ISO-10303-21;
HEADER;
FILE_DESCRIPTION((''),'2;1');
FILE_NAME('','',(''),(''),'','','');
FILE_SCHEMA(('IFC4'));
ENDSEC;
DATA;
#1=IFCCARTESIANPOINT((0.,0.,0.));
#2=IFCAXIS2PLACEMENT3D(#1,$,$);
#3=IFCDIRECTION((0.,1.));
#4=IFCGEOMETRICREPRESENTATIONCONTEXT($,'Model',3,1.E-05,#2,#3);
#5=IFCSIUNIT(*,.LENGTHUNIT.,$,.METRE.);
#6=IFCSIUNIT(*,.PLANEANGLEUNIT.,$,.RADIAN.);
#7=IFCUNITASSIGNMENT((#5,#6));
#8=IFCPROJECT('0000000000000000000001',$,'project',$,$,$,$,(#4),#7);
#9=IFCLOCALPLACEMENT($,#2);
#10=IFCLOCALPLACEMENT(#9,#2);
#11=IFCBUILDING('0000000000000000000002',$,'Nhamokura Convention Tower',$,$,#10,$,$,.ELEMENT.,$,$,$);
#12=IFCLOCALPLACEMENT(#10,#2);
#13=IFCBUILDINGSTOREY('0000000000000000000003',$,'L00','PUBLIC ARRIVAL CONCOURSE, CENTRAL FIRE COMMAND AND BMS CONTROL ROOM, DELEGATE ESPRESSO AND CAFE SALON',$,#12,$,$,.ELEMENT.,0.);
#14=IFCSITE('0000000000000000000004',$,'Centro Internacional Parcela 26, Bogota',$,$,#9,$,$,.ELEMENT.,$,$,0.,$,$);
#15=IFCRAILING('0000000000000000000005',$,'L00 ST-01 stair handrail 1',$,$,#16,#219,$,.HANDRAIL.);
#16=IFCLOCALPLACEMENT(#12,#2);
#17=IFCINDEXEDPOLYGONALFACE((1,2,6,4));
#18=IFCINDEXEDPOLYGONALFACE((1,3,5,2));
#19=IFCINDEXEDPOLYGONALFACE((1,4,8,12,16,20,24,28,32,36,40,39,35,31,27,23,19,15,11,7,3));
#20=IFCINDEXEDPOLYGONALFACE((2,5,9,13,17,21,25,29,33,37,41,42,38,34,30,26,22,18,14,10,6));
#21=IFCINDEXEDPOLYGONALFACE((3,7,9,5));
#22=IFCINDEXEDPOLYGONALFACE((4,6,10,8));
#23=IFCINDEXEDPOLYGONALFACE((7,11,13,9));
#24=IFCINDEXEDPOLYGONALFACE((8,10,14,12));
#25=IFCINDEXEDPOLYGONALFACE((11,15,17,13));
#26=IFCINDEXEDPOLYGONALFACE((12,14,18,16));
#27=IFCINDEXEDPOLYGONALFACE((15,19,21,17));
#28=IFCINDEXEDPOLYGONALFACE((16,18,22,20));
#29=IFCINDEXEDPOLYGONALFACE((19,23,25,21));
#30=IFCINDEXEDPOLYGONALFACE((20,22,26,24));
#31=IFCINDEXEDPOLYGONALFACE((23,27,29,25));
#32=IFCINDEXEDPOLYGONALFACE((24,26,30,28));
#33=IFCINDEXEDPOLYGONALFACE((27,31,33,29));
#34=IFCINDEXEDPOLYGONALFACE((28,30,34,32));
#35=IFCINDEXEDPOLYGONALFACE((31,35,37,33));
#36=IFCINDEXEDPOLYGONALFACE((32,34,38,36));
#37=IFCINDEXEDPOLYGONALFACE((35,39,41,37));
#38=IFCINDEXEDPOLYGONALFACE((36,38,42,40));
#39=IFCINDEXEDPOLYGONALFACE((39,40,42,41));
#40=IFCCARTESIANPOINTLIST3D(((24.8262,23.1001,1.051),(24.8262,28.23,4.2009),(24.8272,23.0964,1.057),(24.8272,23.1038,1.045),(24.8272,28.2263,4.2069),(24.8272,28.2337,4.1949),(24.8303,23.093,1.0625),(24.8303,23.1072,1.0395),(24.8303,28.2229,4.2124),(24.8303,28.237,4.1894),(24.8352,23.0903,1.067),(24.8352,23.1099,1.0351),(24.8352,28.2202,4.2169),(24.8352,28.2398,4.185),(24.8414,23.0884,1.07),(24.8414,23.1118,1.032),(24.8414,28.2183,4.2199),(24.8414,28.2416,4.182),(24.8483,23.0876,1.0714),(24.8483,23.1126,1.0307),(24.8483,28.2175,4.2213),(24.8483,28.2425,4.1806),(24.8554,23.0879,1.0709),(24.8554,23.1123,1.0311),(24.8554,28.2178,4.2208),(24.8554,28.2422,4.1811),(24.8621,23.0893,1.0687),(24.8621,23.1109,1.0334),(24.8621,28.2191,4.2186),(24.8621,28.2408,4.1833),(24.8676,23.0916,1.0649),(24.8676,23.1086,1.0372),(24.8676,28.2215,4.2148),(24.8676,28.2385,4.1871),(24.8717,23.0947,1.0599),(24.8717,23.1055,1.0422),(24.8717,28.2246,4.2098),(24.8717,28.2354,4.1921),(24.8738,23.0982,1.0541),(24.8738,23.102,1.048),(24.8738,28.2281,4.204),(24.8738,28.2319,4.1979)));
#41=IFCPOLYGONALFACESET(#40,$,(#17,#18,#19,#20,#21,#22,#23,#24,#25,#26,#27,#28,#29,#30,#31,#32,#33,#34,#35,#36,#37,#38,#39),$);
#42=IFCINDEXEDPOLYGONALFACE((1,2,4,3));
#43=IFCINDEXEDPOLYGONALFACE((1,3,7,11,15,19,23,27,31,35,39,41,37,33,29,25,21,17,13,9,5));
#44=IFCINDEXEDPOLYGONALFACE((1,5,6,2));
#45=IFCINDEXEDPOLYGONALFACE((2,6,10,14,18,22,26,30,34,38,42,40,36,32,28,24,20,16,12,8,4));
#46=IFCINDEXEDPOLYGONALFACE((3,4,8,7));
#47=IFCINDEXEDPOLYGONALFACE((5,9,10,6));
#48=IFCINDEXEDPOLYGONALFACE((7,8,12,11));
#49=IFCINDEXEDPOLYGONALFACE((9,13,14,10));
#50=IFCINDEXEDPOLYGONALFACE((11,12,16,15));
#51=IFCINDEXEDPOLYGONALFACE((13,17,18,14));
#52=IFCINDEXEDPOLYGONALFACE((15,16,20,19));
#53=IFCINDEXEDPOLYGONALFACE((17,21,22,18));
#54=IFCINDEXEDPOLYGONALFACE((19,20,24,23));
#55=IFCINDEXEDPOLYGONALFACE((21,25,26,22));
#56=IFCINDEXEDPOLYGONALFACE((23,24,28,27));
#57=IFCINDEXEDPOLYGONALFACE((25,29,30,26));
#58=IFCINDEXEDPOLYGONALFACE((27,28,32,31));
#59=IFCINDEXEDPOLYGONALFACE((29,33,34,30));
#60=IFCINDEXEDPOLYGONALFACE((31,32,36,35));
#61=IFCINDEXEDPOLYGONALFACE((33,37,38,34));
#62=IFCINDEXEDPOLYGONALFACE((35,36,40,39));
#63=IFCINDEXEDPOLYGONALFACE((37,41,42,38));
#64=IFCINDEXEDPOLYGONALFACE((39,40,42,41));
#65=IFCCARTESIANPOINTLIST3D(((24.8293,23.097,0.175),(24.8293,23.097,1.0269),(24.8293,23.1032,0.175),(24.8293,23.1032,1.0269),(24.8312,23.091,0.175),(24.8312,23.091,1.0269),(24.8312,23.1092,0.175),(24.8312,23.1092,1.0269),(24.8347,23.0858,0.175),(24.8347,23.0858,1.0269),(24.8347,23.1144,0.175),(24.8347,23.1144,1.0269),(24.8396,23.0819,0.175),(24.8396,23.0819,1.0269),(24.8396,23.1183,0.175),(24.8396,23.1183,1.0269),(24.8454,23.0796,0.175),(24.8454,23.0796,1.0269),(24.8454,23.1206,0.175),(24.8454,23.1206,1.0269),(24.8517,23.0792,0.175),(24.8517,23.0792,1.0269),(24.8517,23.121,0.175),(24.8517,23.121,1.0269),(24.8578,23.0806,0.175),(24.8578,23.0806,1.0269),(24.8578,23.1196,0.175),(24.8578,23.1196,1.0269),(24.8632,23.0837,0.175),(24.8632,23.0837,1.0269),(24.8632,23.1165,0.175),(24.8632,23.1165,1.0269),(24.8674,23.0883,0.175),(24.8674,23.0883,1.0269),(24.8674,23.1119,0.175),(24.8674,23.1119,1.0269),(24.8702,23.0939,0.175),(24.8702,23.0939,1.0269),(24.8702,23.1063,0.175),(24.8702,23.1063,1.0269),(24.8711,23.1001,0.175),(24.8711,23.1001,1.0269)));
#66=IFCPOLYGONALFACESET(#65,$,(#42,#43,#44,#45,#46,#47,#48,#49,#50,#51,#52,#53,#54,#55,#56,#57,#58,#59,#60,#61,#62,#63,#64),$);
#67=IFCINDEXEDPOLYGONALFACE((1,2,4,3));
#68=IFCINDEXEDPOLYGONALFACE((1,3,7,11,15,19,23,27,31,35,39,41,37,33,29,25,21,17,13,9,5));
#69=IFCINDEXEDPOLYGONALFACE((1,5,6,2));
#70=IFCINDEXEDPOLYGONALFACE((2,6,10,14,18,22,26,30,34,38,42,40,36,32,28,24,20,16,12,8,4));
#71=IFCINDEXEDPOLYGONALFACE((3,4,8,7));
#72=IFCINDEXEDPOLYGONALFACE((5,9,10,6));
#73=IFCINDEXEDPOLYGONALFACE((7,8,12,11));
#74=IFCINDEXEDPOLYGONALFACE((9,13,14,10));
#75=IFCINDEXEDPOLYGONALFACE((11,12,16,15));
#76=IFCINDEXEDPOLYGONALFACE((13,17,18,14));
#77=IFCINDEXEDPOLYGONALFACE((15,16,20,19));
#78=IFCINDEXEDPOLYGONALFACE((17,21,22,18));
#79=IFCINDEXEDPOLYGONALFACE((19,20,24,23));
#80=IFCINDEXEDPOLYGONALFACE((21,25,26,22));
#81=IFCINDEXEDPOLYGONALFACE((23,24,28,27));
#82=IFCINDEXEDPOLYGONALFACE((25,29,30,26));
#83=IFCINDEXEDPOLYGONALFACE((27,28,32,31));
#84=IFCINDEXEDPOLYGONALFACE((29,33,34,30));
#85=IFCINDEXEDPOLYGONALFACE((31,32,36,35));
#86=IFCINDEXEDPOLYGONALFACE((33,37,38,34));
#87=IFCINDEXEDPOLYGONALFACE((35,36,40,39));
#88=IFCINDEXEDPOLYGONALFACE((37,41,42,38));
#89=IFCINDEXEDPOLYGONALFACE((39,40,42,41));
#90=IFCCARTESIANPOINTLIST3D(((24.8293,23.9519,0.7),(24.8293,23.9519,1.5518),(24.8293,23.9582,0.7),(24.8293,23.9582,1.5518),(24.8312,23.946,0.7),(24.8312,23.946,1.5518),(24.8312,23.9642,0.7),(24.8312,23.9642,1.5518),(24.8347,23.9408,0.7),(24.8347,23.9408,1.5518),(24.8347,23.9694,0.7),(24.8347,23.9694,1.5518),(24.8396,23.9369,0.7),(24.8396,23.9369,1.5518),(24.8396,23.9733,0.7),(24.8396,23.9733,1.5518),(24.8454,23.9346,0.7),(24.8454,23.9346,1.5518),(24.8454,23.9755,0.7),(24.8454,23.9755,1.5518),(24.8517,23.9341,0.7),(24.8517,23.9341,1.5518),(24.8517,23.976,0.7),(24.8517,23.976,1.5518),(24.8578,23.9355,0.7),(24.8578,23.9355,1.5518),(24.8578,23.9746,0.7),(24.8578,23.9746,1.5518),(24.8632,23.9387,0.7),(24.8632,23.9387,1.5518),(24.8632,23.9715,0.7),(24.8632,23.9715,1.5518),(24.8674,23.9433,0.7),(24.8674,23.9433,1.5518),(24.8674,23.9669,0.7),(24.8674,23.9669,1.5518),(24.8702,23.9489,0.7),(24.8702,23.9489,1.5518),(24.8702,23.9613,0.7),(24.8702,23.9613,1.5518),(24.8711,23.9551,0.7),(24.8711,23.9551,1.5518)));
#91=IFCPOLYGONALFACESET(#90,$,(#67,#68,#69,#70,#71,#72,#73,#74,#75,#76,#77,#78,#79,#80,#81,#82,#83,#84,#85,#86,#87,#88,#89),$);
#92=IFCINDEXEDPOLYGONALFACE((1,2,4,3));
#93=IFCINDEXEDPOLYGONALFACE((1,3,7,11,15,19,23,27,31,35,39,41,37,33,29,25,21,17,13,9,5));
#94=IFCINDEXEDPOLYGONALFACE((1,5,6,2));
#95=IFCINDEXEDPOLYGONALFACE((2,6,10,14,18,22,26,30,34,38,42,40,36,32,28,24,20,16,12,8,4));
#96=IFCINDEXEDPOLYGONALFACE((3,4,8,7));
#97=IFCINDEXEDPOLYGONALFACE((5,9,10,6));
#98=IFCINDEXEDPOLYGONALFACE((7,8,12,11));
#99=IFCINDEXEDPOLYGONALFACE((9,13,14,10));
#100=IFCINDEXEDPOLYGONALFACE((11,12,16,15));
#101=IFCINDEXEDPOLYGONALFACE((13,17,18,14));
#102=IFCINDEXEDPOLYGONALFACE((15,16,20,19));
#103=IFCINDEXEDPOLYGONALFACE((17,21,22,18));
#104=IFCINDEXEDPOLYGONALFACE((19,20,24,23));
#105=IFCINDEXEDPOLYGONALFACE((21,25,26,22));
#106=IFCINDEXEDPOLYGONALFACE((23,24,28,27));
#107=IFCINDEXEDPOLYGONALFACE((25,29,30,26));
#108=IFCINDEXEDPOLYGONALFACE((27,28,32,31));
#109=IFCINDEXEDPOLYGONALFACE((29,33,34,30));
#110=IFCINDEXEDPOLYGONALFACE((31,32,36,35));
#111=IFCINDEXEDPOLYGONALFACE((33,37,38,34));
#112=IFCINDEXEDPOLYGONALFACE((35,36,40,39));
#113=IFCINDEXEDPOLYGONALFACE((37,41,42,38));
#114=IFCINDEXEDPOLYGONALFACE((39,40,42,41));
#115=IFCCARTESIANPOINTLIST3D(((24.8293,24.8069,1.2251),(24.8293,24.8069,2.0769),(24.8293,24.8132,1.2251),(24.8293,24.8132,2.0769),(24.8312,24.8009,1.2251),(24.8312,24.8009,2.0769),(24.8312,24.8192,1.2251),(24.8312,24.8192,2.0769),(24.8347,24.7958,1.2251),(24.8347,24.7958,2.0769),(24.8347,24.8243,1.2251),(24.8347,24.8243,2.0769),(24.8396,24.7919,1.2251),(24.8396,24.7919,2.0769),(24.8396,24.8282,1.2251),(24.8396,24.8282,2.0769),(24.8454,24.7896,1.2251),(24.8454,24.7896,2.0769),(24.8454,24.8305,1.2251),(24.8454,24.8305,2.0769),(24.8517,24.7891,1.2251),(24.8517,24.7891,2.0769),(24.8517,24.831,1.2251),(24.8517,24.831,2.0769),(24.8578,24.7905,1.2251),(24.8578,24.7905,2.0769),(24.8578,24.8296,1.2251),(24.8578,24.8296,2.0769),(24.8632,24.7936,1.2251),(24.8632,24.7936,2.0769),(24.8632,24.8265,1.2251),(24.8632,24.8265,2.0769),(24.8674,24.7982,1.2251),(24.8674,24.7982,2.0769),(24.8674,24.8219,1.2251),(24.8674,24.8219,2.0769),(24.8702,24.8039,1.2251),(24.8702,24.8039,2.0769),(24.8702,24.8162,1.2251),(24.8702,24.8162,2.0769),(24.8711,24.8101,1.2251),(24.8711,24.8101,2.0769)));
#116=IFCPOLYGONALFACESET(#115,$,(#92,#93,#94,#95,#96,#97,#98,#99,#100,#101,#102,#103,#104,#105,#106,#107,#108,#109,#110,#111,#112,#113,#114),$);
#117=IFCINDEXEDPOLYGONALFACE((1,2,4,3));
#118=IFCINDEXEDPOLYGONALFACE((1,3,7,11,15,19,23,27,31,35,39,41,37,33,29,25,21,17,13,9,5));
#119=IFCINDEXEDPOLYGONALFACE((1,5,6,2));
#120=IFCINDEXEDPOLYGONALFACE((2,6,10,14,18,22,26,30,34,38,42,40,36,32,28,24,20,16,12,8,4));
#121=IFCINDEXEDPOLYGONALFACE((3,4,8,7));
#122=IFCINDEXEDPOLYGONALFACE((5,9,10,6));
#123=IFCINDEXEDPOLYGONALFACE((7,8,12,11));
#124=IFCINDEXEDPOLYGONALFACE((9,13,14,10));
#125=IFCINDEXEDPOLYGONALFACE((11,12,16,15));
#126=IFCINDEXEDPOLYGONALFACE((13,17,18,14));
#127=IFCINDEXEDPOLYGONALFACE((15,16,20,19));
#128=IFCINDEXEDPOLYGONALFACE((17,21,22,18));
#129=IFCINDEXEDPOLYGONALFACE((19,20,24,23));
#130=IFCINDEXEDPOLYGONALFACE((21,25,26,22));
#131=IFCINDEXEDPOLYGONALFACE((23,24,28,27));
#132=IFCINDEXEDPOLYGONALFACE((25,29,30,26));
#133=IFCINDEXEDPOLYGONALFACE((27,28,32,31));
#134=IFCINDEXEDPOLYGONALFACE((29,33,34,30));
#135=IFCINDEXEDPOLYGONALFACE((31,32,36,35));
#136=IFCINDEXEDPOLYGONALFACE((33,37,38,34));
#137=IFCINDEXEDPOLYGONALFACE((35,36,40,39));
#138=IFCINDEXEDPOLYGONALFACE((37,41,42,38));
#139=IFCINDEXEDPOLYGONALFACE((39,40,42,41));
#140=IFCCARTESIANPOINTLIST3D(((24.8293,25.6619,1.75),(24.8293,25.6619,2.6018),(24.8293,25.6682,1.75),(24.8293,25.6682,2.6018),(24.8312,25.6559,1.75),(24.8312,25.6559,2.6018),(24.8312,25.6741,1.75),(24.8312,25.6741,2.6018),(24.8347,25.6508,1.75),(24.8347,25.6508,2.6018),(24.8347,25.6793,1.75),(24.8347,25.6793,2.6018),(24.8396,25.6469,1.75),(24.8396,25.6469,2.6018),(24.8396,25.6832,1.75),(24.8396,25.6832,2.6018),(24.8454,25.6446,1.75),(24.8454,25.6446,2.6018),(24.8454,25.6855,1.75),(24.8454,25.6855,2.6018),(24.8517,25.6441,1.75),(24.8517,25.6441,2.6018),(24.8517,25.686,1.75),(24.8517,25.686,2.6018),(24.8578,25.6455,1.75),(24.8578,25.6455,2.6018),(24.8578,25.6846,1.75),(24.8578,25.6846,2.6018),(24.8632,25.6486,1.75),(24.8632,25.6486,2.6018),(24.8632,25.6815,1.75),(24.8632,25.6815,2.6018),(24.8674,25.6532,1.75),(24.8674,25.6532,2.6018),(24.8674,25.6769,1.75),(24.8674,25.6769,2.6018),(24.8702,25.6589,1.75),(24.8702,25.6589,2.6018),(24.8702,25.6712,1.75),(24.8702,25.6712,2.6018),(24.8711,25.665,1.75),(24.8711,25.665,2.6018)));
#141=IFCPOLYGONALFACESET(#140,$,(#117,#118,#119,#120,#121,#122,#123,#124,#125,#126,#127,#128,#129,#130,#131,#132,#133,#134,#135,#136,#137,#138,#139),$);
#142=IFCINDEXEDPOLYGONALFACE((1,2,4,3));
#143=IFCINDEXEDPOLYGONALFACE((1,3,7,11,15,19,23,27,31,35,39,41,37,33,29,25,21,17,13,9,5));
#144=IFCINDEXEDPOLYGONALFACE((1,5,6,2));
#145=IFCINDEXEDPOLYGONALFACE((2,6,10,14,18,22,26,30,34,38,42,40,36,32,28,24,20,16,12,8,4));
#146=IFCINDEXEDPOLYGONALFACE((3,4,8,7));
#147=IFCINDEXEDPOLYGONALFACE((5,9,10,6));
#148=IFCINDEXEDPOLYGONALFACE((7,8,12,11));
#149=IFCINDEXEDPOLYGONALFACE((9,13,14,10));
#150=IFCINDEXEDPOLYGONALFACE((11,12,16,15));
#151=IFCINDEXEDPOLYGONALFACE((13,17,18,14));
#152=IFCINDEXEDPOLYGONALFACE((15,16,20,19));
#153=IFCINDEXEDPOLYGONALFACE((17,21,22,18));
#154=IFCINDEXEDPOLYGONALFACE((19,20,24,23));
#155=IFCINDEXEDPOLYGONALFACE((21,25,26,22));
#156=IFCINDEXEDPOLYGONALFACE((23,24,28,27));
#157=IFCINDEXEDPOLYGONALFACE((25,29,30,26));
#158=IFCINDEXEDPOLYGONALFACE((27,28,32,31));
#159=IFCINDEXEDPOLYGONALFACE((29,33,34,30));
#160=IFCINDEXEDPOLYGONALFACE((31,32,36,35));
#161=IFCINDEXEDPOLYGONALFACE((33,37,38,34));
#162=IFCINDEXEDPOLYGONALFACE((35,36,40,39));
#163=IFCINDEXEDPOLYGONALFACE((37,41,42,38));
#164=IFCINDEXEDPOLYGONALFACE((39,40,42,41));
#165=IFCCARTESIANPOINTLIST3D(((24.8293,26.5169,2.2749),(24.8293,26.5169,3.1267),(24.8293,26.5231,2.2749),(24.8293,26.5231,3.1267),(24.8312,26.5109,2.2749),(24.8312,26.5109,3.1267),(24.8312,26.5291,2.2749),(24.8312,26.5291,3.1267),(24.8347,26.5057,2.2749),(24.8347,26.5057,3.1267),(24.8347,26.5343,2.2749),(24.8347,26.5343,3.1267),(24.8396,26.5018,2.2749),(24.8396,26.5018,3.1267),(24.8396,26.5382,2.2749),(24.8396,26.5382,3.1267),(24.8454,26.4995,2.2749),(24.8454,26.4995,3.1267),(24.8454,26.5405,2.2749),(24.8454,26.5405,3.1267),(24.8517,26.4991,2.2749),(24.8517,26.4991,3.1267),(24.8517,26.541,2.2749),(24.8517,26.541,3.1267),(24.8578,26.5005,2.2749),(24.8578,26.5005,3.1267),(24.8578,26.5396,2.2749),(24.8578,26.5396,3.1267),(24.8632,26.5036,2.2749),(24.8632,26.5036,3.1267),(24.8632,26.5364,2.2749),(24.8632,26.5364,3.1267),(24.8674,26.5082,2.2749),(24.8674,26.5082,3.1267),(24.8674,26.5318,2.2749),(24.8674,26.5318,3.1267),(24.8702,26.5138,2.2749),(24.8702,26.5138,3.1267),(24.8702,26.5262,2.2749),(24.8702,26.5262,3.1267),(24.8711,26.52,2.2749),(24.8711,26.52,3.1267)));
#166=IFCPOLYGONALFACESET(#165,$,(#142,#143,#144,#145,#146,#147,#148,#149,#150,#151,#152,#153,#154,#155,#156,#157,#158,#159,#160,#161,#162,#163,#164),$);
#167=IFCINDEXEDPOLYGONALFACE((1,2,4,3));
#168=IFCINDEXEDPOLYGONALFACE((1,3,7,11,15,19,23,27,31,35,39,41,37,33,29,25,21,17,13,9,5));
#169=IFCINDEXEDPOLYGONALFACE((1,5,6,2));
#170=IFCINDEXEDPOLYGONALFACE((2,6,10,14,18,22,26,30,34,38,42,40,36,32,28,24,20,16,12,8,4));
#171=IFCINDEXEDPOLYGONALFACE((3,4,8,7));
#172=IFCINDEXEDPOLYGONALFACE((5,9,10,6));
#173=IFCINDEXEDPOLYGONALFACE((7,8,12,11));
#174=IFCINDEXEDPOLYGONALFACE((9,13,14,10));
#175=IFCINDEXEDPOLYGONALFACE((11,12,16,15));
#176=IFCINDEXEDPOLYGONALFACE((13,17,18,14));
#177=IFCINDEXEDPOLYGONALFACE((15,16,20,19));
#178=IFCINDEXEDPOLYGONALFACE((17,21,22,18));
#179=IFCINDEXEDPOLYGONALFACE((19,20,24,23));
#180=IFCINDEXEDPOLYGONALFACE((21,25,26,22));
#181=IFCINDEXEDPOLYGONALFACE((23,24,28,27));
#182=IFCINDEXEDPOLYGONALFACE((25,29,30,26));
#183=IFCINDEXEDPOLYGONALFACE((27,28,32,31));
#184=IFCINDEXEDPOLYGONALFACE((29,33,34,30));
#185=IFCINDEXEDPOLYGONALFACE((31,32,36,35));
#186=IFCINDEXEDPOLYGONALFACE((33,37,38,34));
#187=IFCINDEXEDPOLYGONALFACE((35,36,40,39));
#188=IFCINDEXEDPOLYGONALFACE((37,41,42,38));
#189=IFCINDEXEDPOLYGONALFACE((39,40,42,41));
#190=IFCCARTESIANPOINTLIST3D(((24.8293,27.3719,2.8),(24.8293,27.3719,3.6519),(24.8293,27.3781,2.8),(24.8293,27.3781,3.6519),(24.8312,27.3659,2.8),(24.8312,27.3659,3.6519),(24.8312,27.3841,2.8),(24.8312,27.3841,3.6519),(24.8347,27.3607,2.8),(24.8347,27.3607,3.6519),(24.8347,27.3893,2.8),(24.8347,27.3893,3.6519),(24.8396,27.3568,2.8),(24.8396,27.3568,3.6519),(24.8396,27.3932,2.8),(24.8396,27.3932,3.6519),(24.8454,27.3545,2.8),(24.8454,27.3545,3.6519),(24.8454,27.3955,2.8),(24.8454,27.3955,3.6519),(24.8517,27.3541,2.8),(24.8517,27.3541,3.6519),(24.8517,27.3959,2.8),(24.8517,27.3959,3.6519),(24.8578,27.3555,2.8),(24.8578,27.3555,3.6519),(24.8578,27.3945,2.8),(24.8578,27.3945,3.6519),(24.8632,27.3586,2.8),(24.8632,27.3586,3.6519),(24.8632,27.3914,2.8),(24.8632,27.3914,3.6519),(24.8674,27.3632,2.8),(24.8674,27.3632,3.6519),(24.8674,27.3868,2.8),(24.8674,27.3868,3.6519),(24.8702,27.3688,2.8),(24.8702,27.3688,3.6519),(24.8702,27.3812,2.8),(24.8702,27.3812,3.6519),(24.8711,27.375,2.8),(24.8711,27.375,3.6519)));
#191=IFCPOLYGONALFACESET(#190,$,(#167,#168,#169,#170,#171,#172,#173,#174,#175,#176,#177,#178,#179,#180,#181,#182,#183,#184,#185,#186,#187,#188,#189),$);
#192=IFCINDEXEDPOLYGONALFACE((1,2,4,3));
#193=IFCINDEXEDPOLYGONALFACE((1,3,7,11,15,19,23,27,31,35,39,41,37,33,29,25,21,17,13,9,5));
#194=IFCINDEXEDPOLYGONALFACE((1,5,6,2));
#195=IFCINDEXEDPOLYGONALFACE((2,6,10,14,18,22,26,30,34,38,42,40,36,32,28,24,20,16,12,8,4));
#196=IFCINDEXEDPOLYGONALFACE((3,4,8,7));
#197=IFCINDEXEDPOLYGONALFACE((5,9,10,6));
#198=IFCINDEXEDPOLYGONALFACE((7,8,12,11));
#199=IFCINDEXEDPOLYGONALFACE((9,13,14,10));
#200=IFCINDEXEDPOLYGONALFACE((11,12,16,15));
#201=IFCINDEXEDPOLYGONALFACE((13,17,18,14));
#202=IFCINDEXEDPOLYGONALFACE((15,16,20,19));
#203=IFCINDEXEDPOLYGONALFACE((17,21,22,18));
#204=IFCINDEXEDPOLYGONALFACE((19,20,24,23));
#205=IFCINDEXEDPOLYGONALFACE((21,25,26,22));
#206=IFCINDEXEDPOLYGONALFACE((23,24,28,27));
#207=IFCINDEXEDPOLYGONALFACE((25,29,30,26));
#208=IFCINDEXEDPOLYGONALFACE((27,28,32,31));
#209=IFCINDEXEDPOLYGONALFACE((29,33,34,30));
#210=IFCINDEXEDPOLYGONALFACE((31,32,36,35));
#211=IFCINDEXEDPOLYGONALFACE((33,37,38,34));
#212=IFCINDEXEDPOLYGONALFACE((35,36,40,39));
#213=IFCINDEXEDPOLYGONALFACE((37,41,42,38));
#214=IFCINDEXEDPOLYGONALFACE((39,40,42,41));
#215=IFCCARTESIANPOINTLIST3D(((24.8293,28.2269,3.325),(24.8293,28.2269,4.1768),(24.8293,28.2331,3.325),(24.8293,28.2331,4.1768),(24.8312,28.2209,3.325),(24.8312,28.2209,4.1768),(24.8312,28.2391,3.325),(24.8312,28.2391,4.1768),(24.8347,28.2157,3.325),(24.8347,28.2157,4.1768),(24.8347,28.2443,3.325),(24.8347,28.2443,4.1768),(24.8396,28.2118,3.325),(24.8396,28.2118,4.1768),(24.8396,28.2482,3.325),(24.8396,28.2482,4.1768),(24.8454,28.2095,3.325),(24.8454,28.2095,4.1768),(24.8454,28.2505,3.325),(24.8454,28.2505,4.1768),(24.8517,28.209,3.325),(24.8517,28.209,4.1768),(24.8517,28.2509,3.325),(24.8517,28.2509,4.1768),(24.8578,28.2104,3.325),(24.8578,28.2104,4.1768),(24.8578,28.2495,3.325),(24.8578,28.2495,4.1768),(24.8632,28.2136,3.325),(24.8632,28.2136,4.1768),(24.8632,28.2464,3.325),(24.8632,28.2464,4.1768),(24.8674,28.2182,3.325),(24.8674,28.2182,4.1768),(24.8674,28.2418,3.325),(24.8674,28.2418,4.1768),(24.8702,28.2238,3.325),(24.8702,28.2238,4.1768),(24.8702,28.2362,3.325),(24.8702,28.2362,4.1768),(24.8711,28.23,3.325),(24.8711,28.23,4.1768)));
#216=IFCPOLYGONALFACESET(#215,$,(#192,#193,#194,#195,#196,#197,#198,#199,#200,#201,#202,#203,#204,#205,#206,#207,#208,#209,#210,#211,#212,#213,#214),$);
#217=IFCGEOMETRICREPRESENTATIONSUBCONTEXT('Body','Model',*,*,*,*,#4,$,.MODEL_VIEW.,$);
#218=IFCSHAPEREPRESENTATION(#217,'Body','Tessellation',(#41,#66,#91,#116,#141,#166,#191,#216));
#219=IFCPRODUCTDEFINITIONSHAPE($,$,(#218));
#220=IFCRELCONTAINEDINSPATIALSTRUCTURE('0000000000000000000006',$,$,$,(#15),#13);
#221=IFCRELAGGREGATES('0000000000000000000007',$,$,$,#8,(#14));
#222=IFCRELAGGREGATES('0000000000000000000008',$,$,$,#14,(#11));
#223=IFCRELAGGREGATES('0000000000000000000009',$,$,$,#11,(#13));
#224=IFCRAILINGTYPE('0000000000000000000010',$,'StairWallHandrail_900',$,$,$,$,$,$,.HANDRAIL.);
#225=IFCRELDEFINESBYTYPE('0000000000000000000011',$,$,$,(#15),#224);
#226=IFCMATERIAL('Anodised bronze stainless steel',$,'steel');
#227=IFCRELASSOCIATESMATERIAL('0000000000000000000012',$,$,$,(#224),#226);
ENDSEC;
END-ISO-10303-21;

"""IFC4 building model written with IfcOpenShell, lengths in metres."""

from ifc_helpers import new_model, si_unit, direction, frame, origin, origin_2d, place, context, subcontext, project, spatial, circle, extrude, material, type_object, element, save


model = new_model("IFC4")

# Units and contexts
model_context = context("Model", 3, precision=1e-05, world=origin(), true_north=direction((0.0, 1.0)))
body_context = subcontext(model_context, "Body", "Model", "MODEL_VIEW")
ifc_project = project(units=[si_unit("LENGTHUNIT", "METRE"), si_unit("PLANEANGLEUNIT", "RADIAN")], contexts=[model_context])

# Site, building, storey
site_placement = place(None, origin())
site = spatial("IfcSite", under=ifc_project, at=site_placement, Name="Centro Internacional Parcela 26, Bogota", CompositionType="ELEMENT", RefElevation=0.0)
building_placement = place(site_placement, origin())
building = spatial("IfcBuilding", under=site, at=building_placement, Name="Nhamokura Convention Tower", CompositionType="ELEMENT")
storey_placement = place(building_placement, origin())
storey = spatial("IfcBuildingStorey", under=building, at=storey_placement, Name="L00", Description="PUBLIC ARRIVAL CONCOURSE, CENTRAL FIRE COMMAND AND BMS CONTROL ROOM, DELEGATE ESPRESSO AND CAFE SALON", CompositionType="ELEMENT", Elevation=0.0)

# Railing
ifc_material_1 = material(Name="Anodised bronze stainless steel", Category="steel")
railing_type_1 = type_object("IfcRailingType", Name="StairWallHandrail_900", PredefinedType="HANDRAIL", material=ifc_material_1)
railing_1_placement = place(storey_placement, frame((24.8501, 23.1001, 0.175)))
element("IfcRailing", 1, at=railing_1_placement, inside=storey, type_object=railing_type_1, Name="L00 ST-01 stair handrail 1", PredefinedType="HANDRAIL", context=body_context, shape_type="SweptSolid", body=[
    extrude(circle(Radius=0.0239, at=origin_2d()), frame((0.0, 0.0, 0.876), z_axis=(0.0, 0.852173, 0.52326), x_axis=(-1.0, 0.0, 0.0)), (0.0, 0.0, 1.0), 6.0198),
    extrude(circle(Radius=0.021, at=origin_2d()), origin(), (0.0, 0.0, 1.0), 0.8518),
    extrude(circle(Radius=0.021, at=origin_2d()), frame((0.0, 0.855, 0.5249)), (0.0, 0.0, 1.0), 0.8518),
    extrude(circle(Radius=0.021, at=origin_2d()), frame((0.0, 1.71, 1.05)), (0.0, 0.0, 1.0), 0.8518),
    extrude(circle(Radius=0.021, at=origin_2d()), frame((0.0, 2.5649, 1.575)), (0.0, 0.0, 1.0), 0.8518),
    extrude(circle(Radius=0.021, at=origin_2d()), frame((0.0, 3.4199, 2.0999)), (0.0, 0.0, 1.0), 0.8518),
    extrude(circle(Radius=0.021, at=origin_2d()), frame((0.0, 4.2749, 2.625)), (0.0, 0.0, 1.0), 0.8518),
    extrude(circle(Radius=0.021, at=origin_2d()), frame((0.0, 5.1299, 3.1499)), (0.0, 0.0, 1.0), 0.8518),
])

save(model, "model.ifc")
